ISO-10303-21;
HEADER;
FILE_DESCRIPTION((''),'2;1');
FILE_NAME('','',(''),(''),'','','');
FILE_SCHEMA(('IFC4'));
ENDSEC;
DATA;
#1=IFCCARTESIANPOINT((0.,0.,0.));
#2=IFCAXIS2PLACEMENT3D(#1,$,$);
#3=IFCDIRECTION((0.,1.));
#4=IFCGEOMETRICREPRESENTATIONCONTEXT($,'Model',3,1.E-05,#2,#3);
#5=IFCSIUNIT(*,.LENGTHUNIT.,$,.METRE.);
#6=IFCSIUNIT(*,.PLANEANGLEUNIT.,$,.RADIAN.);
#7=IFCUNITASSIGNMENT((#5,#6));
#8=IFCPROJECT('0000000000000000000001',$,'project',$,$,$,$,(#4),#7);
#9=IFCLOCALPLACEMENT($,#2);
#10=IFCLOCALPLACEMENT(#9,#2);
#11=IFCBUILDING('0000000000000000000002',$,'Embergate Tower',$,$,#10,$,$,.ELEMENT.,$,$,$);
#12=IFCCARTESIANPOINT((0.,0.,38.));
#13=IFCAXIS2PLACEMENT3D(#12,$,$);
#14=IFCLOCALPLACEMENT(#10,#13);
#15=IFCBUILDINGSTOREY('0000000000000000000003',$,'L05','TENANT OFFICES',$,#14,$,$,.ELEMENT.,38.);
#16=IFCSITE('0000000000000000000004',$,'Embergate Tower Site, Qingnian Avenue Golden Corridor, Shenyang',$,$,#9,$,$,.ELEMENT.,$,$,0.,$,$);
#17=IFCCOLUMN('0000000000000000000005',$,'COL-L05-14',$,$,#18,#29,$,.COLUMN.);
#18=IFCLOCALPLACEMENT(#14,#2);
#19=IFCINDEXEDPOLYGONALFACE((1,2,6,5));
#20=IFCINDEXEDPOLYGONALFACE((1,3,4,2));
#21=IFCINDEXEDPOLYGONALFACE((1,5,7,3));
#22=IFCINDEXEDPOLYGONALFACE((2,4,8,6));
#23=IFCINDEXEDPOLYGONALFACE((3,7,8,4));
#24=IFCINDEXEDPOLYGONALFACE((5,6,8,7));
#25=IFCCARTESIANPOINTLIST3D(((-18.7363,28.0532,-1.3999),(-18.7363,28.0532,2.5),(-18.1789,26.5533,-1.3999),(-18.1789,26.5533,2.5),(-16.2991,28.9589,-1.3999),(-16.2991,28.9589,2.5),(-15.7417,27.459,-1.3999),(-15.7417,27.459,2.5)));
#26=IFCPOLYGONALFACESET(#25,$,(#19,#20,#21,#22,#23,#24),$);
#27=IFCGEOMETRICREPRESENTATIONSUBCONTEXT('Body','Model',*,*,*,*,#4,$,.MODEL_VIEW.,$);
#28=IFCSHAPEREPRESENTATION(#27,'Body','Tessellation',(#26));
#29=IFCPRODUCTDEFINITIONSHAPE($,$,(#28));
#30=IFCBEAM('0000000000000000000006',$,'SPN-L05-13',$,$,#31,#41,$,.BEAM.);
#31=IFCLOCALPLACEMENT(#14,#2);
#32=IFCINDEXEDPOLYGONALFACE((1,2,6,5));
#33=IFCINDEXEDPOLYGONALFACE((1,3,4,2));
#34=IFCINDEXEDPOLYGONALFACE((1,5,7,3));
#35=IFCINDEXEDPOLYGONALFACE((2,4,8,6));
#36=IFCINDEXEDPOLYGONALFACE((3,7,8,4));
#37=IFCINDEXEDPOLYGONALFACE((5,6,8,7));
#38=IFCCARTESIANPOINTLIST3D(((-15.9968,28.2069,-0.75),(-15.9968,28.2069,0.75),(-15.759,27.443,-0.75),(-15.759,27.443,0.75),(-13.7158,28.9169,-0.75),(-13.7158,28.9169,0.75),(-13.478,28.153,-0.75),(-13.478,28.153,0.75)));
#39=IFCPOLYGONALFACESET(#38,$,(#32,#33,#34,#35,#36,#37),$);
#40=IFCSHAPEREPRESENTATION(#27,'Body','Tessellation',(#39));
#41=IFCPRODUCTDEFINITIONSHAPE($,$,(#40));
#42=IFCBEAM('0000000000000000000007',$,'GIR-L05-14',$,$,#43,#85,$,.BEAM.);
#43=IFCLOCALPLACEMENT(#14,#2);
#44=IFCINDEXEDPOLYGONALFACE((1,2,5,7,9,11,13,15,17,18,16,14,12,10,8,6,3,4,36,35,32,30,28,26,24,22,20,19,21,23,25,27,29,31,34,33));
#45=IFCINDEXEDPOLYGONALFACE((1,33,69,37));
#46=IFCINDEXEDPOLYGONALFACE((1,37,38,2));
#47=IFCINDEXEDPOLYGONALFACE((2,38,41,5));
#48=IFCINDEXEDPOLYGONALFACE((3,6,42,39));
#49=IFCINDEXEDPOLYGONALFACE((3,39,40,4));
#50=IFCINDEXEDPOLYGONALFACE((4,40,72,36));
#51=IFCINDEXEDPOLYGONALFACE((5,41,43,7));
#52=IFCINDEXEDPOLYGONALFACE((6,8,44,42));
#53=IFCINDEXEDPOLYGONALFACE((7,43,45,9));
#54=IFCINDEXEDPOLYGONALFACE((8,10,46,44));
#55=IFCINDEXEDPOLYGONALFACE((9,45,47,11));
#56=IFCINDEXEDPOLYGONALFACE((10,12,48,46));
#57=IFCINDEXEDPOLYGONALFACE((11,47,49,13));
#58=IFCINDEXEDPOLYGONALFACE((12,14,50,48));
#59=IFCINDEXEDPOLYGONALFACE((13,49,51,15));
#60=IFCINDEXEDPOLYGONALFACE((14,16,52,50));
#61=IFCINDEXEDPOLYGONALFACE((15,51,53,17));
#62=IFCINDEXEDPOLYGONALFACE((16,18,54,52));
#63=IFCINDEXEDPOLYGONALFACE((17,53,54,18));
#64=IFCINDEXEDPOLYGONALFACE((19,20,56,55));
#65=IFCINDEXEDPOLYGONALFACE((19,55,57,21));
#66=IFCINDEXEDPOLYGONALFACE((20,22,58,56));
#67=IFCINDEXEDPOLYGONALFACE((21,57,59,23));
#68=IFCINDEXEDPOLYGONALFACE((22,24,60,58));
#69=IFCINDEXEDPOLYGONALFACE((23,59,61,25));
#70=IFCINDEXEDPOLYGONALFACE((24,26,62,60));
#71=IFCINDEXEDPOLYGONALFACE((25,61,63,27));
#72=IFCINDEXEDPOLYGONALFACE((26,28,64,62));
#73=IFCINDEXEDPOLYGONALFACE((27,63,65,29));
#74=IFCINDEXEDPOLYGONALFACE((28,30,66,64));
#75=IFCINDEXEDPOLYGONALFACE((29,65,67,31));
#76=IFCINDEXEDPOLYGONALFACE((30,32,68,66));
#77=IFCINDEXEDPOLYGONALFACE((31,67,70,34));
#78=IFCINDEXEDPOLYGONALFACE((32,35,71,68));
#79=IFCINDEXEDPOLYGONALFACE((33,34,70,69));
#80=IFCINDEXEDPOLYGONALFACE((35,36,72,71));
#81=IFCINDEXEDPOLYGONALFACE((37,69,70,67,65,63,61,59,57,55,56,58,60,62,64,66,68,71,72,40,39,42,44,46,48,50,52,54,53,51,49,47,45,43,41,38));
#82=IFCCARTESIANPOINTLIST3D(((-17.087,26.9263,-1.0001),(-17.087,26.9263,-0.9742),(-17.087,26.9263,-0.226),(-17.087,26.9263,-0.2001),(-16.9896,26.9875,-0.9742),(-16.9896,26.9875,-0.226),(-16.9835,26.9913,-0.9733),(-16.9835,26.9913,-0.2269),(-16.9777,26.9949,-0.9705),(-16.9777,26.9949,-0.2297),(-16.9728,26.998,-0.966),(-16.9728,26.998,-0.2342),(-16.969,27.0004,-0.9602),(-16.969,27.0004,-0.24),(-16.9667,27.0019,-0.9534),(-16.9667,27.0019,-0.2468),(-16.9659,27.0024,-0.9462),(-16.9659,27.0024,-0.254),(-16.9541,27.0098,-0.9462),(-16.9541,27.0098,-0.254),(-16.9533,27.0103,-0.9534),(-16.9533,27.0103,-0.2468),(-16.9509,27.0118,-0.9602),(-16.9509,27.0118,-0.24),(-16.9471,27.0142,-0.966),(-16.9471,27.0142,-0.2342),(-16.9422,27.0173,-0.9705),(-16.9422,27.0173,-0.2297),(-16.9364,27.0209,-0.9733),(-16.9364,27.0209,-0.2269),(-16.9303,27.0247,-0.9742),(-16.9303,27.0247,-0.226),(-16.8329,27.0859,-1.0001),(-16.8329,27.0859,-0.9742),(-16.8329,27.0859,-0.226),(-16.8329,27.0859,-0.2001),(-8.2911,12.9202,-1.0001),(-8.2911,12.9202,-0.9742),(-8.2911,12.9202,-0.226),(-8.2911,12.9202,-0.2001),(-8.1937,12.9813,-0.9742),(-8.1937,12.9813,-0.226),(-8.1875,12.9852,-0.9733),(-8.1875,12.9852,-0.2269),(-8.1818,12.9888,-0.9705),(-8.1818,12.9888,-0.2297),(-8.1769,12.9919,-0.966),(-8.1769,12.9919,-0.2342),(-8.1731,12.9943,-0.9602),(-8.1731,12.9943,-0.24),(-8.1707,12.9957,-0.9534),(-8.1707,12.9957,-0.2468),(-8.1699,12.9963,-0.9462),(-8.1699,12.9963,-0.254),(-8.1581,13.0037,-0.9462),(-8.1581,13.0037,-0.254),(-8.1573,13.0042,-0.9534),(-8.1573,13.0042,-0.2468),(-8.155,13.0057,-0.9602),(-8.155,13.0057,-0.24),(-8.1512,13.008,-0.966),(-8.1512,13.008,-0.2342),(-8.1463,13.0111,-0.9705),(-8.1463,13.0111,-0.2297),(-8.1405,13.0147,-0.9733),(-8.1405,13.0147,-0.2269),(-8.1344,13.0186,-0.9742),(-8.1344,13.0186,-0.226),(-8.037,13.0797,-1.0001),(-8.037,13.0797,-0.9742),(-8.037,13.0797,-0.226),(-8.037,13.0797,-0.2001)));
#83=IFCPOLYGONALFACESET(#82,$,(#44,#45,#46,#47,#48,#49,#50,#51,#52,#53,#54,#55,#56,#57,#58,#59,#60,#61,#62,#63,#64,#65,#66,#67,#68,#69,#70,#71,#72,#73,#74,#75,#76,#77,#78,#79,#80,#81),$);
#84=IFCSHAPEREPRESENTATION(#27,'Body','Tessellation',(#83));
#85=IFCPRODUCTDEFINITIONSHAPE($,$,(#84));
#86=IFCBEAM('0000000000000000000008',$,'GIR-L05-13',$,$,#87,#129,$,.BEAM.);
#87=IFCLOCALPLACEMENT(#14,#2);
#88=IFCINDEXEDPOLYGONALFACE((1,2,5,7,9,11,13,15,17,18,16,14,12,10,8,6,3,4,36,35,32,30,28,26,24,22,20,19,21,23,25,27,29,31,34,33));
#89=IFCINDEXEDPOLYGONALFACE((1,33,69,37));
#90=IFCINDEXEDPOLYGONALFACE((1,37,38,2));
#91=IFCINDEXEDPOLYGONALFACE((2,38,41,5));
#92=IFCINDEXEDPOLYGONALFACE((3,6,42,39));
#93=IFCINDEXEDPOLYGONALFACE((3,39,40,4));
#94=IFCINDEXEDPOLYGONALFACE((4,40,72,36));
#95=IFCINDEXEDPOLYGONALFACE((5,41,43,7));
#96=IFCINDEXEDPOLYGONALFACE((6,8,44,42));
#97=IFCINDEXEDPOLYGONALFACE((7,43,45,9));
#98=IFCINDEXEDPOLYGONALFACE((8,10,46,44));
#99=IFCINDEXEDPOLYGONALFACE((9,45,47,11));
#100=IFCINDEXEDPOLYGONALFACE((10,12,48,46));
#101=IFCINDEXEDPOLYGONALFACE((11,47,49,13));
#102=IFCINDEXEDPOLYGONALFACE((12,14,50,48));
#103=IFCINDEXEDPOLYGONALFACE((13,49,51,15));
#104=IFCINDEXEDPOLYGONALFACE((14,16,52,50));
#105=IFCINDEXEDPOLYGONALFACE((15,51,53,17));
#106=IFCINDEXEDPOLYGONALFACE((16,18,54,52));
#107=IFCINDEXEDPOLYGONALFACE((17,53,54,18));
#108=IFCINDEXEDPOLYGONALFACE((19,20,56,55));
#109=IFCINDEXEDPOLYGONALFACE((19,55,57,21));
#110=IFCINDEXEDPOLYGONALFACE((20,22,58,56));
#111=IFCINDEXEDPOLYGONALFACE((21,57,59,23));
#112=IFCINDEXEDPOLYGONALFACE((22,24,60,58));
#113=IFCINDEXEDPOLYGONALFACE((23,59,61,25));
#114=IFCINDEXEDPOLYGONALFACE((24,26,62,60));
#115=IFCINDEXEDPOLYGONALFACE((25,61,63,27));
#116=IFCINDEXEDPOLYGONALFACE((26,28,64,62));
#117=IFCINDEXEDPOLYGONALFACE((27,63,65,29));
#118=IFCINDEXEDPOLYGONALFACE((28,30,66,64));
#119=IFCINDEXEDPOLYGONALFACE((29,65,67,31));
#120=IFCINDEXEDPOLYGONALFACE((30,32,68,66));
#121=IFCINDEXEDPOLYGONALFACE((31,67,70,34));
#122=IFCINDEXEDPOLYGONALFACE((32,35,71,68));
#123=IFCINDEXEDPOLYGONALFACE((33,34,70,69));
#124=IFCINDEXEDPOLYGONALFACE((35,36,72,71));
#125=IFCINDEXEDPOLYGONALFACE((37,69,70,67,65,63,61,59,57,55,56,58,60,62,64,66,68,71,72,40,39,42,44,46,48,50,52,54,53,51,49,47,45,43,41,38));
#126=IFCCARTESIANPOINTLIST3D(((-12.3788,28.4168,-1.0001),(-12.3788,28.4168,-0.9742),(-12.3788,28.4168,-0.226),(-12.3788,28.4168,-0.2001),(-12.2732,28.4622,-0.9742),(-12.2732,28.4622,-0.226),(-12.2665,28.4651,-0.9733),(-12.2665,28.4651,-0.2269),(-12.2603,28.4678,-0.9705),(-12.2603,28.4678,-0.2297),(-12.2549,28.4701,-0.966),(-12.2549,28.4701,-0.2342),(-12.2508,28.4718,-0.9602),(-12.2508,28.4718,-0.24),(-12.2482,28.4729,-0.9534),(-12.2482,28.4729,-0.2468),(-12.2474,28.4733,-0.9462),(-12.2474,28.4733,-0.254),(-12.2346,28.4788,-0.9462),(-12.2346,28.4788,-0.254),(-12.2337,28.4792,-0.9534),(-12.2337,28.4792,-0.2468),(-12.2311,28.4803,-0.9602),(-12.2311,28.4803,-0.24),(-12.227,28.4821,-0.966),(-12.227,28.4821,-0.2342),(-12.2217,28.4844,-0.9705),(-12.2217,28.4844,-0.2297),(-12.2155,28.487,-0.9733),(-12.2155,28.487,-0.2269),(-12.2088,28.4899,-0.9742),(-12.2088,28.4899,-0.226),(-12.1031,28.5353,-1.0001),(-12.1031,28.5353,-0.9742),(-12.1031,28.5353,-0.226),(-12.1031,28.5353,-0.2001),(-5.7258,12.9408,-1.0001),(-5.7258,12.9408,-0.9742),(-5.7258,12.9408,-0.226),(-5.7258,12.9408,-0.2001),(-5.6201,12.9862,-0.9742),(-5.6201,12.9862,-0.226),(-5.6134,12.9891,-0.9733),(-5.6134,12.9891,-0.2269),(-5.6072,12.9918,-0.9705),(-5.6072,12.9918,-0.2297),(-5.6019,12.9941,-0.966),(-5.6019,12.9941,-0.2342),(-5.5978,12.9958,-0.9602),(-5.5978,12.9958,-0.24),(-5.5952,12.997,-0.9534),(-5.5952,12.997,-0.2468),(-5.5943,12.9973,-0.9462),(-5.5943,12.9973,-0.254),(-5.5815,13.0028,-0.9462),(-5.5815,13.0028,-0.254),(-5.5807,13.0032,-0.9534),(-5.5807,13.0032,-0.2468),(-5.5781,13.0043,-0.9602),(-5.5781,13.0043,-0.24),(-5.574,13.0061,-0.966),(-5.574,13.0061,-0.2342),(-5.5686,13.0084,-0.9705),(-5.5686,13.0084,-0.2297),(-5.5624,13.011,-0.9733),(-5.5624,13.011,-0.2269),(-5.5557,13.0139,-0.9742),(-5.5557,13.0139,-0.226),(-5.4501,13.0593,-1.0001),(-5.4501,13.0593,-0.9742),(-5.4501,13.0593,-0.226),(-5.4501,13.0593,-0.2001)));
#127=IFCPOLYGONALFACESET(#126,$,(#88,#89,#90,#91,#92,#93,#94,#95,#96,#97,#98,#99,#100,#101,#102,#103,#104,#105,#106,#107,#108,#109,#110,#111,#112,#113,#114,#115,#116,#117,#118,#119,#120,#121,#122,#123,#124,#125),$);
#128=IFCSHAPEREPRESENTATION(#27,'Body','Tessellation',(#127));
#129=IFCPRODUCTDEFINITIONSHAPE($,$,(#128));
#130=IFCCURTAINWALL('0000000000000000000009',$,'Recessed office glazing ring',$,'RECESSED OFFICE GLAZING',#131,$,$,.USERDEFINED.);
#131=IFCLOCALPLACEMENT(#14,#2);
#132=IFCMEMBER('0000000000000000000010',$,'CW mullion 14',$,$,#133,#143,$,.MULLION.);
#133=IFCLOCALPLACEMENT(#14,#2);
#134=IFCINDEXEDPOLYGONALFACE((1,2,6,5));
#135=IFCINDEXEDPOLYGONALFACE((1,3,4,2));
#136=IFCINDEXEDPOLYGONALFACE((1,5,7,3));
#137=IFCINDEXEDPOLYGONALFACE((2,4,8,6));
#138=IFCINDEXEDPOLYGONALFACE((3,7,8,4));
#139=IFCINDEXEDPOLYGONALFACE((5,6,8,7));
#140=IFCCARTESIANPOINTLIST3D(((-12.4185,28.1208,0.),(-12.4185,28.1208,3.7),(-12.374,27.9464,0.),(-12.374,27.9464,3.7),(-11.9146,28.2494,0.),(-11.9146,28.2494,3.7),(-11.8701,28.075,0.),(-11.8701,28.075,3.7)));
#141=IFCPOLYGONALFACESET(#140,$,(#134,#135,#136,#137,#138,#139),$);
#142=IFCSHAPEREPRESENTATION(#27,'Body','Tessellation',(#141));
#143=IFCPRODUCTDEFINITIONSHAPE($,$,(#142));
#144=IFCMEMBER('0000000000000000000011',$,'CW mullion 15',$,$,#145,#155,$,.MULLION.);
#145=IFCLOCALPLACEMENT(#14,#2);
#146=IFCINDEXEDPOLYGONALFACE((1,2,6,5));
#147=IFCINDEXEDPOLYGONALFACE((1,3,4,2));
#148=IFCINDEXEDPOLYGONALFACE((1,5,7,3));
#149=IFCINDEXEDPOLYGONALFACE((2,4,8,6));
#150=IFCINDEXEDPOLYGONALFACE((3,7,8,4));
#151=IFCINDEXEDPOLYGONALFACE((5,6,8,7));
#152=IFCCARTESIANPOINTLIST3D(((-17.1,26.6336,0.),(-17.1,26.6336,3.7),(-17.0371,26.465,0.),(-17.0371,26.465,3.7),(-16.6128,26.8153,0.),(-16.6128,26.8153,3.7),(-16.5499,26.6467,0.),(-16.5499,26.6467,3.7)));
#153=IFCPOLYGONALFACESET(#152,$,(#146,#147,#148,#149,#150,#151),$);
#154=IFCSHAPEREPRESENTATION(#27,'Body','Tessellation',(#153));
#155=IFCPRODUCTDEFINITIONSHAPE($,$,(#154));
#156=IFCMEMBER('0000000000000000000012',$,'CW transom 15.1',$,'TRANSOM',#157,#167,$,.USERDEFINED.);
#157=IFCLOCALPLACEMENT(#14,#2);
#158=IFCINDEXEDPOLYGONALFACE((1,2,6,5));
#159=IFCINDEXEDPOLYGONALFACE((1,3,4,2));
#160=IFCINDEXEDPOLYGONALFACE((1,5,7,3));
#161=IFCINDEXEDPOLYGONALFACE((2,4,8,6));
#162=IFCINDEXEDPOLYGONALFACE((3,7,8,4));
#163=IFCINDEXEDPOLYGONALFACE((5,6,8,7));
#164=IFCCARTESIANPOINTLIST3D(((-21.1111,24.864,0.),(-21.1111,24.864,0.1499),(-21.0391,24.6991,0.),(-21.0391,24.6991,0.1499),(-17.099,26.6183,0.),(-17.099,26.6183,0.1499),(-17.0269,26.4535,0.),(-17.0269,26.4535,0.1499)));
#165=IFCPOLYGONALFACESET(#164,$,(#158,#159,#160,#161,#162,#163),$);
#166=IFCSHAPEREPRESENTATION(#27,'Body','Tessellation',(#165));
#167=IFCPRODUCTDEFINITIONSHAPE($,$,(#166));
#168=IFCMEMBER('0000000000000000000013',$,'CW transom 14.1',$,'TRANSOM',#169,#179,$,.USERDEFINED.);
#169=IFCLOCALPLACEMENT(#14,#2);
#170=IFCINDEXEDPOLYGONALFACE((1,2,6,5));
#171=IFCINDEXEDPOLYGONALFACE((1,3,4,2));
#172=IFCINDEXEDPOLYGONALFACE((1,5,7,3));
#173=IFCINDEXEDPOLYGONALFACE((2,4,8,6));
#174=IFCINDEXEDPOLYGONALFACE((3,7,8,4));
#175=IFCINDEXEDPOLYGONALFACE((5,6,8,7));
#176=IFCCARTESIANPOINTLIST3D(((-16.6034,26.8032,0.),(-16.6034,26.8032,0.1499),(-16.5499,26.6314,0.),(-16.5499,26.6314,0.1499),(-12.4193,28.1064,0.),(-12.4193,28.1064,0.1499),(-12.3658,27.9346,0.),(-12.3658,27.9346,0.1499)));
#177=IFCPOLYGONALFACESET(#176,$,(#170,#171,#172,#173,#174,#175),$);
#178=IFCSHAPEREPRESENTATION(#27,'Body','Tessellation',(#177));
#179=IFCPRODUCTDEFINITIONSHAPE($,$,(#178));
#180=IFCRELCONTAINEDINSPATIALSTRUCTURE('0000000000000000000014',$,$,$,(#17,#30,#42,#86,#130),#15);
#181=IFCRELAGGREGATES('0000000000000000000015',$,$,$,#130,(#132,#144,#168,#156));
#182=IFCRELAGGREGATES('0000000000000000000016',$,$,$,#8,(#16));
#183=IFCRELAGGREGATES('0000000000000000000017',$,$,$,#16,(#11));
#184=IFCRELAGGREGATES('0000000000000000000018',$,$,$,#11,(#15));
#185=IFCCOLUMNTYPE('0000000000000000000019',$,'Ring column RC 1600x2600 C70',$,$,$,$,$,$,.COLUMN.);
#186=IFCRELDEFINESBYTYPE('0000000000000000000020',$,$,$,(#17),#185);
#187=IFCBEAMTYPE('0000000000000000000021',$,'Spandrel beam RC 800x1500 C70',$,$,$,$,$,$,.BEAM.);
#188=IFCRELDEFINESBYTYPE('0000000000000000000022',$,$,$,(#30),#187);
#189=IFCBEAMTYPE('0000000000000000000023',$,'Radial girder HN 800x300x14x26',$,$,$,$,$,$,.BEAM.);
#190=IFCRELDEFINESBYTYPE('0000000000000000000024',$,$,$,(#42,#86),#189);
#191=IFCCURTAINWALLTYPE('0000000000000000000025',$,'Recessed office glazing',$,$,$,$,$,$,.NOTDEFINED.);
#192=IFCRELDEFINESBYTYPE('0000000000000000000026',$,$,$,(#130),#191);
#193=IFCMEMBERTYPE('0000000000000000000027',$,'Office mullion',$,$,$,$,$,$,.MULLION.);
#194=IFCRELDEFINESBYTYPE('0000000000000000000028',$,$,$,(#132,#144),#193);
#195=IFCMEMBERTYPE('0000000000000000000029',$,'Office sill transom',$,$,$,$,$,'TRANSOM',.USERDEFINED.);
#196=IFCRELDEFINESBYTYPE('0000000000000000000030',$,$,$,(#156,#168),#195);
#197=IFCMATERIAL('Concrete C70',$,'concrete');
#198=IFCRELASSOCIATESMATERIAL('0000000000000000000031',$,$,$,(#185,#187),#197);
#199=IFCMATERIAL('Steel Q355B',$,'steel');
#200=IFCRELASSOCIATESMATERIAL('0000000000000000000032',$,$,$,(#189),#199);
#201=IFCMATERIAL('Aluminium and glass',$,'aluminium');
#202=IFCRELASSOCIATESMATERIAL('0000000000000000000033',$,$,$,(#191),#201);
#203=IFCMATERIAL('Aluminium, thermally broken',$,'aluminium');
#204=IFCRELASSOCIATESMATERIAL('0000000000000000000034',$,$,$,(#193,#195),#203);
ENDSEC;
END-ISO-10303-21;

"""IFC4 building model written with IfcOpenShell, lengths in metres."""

from ifc_helpers import new_model, si_unit, direction, frame, origin, origin_2d, place, context, subcontext, project, spatial, rectangle, i_section, extrude, source, transform, mapped, material, material_profile, profile_set, type_object, element, aggregate, save


model = new_model("IFC4")

# Units and contexts
model_context = context("Model", 3, precision=1e-05, world=origin(), true_north=direction((0.0, 1.0)))
body_context = subcontext(model_context, "Body", "Model", "MODEL_VIEW")
ifc_project = project(units=[si_unit("LENGTHUNIT", "METRE"), si_unit("PLANEANGLEUNIT", "RADIAN")], contexts=[model_context])

# Site, building, storey
site_placement = place(None, origin())
site = spatial("IfcSite", under=ifc_project, at=site_placement, Name="Embergate Tower Site, Qingnian Avenue Golden Corridor, Shenyang", CompositionType="ELEMENT", RefElevation=0.0)
building_placement = place(site_placement, origin())
building = spatial("IfcBuilding", under=site, at=building_placement, Name="Embergate Tower", CompositionType="ELEMENT")
storey_placement = place(building_placement, frame((0.0, 0.0, 38.0)))
storey = spatial("IfcBuildingStorey", under=building, at=storey_placement, Name="L05", Description="TENANT OFFICES", CompositionType="ELEMENT", Elevation=38.0)

# Column
ifc_material_1 = material(Name="Concrete C70", Category="concrete")
ifc_material_profile_1 = material_profile(ifc_material_1, rectangle(XDim=1.6001, YDim=2.6001, at=origin_2d()), Name="RC 1600x2600")
ifc_profile_set_1 = profile_set([ifc_material_profile_1], Name="Concrete C70")
column_type = type_object("IfcColumnType", Name="Ring column RC 1600x2600 C70", PredefinedType="COLUMN", material=ifc_profile_set_1)
shared_shape_1 = source(origin(), body_context, "Body", "SweptSolid", [
    extrude(rectangle(XDim=1.6001, YDim=2.6001, at=origin_2d()), origin(), (0.0, 0.0, 1.0), 3.8999),
])
column_placement = place(storey_placement, frame((-17.239, 27.7561, -1.3999), z_axis=(0.0, 0.0, 1.0), x_axis=(-0.348343, 0.937367, 0.0)))
element("IfcColumn", 1, at=column_placement, inside=storey, type_object=column_type, Name="COL-L05-14", PredefinedType="COLUMN", context=body_context, shape_type="MappedRepresentation", body=[
    mapped(shared_shape_1, transform((0.0, 0.0, 0.0))),
])

# Beams
ifc_material_profile_2 = material_profile(ifc_material_1, rectangle(XDim=0.8, YDim=1.5, at=origin_2d()), Name="RC 800x1500")
ifc_profile_set_2 = profile_set([ifc_material_profile_2], Name="Concrete C70")
beam_type_1 = type_object("IfcBeamType", Name="Spandrel beam RC 800x1500 C70", PredefinedType="BEAM", material=ifc_profile_set_2)
shared_shape_2 = source(origin(), body_context, "Body", "SweptSolid", [
    extrude(rectangle(XDim=0.8, YDim=1.5, at=origin_2d()), origin(), (0.0, 0.0, 1.0), 2.3889),
])
beam_1_placement = place(storey_placement, frame((-13.5969, 28.5349, 0.0), z_axis=(-0.954819, -0.297187, 0.0), x_axis=(0.297187, -0.954819, 0.0)))
element("IfcBeam", 2, at=beam_1_placement, inside=storey, type_object=beam_type_1, Name="SPN-L05-13", PredefinedType="BEAM", context=body_context, shape_type="MappedRepresentation", body=[
    mapped(shared_shape_2, transform((0.0, 0.0, 0.0))),
])
ifc_material_2 = material(Name="Steel Q355B", Category="steel")
ifc_material_profile_3 = material_profile(ifc_material_2, i_section(OverallWidth=0.3, OverallDepth=0.8, WebThickness=0.0139, FlangeThickness=0.0259, FilletRadius=0.0281, at=origin_2d()), Name="HN 800x300x14x26")
ifc_profile_set_3 = profile_set([ifc_material_profile_3], Name="Steel Q355 grade B")
beam_type_2 = type_object("IfcBeamType", Name="Radial girder HN 800x300x14x26", PredefinedType="BEAM", material=ifc_profile_set_3)
shared_shape_3 = source(origin(), body_context, "Body", "SweptSolid", [
    extrude(i_section(OverallWidth=0.3, OverallDepth=0.8, WebThickness=0.0139, FlangeThickness=0.0259, FilletRadius=0.0281, at=origin_2d()), origin(), (0.0, 0.0, 1.0), 16.5391),
])
beam_2_placement = place(storey_placement, frame((-16.96, 27.0061, -0.6001), z_axis=(0.531827, -0.846853, 0.0), x_axis=(0.846853, 0.531827, 0.0)))
element("IfcBeam", 3, at=beam_2_placement, inside=storey, type_object=beam_type_2, Name="GIR-L05-14", PredefinedType="BEAM", context=body_context, shape_type="MappedRepresentation", body=[
    mapped(shared_shape_3, transform((0.0, 0.0, 0.0))),
])
shared_shape_4 = source(origin(), body_context, "Body", "SweptSolid", [
    extrude(i_section(OverallWidth=0.3, OverallDepth=0.8, WebThickness=0.0139, FlangeThickness=0.0259, FilletRadius=0.0281, at=origin_2d()), origin(), (0.0, 0.0, 1.0), 16.8455),
])
beam_3_placement = place(storey_placement, frame((-12.241, 28.4761, -0.6001), z_axis=(0.394946, -0.918704, 0.0), x_axis=(0.918704, 0.394946, 0.0)))
element("IfcBeam", 4, at=beam_3_placement, inside=storey, type_object=beam_type_2, Name="GIR-L05-13", PredefinedType="BEAM", context=body_context, shape_type="MappedRepresentation", body=[
    mapped(shared_shape_4, transform((0.0, 0.0, 0.0))),
])

# Curtain wall, members
ifc_material_3 = material(Name="Aluminium and glass", Category="aluminium")
curtain_wall_type = type_object("IfcCurtainWallType", Name="Recessed office glazing", PredefinedType="NOTDEFINED", material=ifc_material_3)
curtain_wall_placement = place(storey_placement, origin())
curtain_wall = element("IfcCurtainWall", 5, at=curtain_wall_placement, inside=storey, type_object=curtain_wall_type, Name="Recessed office glazing ring", ObjectType="RECESSED OFFICE GLAZING", PredefinedType="USERDEFINED")
ifc_material_4 = material(Name="Aluminium, thermally broken", Category="aluminium")
ifc_material_profile_4 = material_profile(ifc_material_4, rectangle(XDim=0.1799, YDim=0.52, at=origin_2d()), Name="AL 520x180")
ifc_profile_set_4 = profile_set([ifc_material_profile_4], Name="Aluminium, thermally broken")
member_type_1 = type_object("IfcMemberType", Name="Office mullion", PredefinedType="MULLION", material=ifc_profile_set_4)
shared_shape_5 = source(origin(), body_context, "Body", "SweptSolid", [
    extrude(rectangle(XDim=0.1799, YDim=0.52, at=origin_2d()), origin(), (0.0, 0.0, 1.0), 3.7),
])
member_1_placement = place(storey_placement, frame((-12.1443, 28.0979, 0.0), z_axis=(0.0, 0.0, 1.0), x_axis=(0.24731, -0.968936, 0.0)))
member_1 = element("IfcMember", 6, at=member_1_placement, type_object=member_type_1, Name="CW mullion 14", PredefinedType="MULLION", context=body_context, shape_type="MappedRepresentation", body=[
    mapped(shared_shape_5, transform((0.0, 0.0, 0.0))),
])
member_2_placement = place(storey_placement, frame((-16.825, 26.6401, 0.0), z_axis=(0.0, 0.0, 1.0), x_axis=(0.349501, -0.936936, 0.0)))
member_2 = element("IfcMember", 7, at=member_2_placement, type_object=member_type_1, Name="CW mullion 15", PredefinedType="MULLION", context=body_context, shape_type="MappedRepresentation", body=[
    mapped(shared_shape_5, transform((0.0, 0.0, 0.0))),
])
ifc_material_profile_5 = material_profile(ifc_material_4, rectangle(XDim=0.1799, YDim=0.1499, at=origin_2d()), Name="AL 150x180")
ifc_profile_set_5 = profile_set([ifc_material_profile_5], Name="Aluminium, thermally broken")
member_type_2 = type_object("IfcMemberType", Name="Office sill transom", ElementType="TRANSOM", PredefinedType="USERDEFINED", material=ifc_profile_set_5)
shared_shape_6 = source(origin(), body_context, "Body", "SweptSolid", [
    extrude(rectangle(XDim=0.1799, YDim=0.1499, at=origin_2d()), origin(), (0.0, 0.0, 1.0), 4.3789),
])
member_3_placement = place(storey_placement, frame((-17.063, 26.5359, 0.075), z_axis=(-0.916237, -0.400637, 0.0), x_axis=(0.400637, -0.916237, 0.0)))
member_3 = element("IfcMember", 8, at=member_3_placement, type_object=member_type_2, Name="CW transom 15.1", ObjectType="TRANSOM", PredefinedType="USERDEFINED", context=body_context, shape_type="MappedRepresentation", body=[
    mapped(shared_shape_6, transform((0.0, 0.0, 0.0))),
])
shared_shape_7 = source(origin(), body_context, "Body", "SweptSolid", [
    extrude(rectangle(XDim=0.1799, YDim=0.1499, at=origin_2d()), origin(), (0.0, 0.0, 1.0), 4.3823),
])
member_4_placement = place(storey_placement, frame((-12.3926, 28.0205, 0.075), z_axis=(-0.954759, -0.29738, 0.0), x_axis=(0.29738, -0.954759, 0.0)))
member_4 = element("IfcMember", 9, at=member_4_placement, type_object=member_type_2, Name="CW transom 14.1", ObjectType="TRANSOM", PredefinedType="USERDEFINED", context=body_context, shape_type="MappedRepresentation", body=[
    mapped(shared_shape_7, transform((0.0, 0.0, 0.0))),
])
aggregate(curtain_wall, [member_1, member_2, member_4, member_3])

save(model, "model.ifc")
